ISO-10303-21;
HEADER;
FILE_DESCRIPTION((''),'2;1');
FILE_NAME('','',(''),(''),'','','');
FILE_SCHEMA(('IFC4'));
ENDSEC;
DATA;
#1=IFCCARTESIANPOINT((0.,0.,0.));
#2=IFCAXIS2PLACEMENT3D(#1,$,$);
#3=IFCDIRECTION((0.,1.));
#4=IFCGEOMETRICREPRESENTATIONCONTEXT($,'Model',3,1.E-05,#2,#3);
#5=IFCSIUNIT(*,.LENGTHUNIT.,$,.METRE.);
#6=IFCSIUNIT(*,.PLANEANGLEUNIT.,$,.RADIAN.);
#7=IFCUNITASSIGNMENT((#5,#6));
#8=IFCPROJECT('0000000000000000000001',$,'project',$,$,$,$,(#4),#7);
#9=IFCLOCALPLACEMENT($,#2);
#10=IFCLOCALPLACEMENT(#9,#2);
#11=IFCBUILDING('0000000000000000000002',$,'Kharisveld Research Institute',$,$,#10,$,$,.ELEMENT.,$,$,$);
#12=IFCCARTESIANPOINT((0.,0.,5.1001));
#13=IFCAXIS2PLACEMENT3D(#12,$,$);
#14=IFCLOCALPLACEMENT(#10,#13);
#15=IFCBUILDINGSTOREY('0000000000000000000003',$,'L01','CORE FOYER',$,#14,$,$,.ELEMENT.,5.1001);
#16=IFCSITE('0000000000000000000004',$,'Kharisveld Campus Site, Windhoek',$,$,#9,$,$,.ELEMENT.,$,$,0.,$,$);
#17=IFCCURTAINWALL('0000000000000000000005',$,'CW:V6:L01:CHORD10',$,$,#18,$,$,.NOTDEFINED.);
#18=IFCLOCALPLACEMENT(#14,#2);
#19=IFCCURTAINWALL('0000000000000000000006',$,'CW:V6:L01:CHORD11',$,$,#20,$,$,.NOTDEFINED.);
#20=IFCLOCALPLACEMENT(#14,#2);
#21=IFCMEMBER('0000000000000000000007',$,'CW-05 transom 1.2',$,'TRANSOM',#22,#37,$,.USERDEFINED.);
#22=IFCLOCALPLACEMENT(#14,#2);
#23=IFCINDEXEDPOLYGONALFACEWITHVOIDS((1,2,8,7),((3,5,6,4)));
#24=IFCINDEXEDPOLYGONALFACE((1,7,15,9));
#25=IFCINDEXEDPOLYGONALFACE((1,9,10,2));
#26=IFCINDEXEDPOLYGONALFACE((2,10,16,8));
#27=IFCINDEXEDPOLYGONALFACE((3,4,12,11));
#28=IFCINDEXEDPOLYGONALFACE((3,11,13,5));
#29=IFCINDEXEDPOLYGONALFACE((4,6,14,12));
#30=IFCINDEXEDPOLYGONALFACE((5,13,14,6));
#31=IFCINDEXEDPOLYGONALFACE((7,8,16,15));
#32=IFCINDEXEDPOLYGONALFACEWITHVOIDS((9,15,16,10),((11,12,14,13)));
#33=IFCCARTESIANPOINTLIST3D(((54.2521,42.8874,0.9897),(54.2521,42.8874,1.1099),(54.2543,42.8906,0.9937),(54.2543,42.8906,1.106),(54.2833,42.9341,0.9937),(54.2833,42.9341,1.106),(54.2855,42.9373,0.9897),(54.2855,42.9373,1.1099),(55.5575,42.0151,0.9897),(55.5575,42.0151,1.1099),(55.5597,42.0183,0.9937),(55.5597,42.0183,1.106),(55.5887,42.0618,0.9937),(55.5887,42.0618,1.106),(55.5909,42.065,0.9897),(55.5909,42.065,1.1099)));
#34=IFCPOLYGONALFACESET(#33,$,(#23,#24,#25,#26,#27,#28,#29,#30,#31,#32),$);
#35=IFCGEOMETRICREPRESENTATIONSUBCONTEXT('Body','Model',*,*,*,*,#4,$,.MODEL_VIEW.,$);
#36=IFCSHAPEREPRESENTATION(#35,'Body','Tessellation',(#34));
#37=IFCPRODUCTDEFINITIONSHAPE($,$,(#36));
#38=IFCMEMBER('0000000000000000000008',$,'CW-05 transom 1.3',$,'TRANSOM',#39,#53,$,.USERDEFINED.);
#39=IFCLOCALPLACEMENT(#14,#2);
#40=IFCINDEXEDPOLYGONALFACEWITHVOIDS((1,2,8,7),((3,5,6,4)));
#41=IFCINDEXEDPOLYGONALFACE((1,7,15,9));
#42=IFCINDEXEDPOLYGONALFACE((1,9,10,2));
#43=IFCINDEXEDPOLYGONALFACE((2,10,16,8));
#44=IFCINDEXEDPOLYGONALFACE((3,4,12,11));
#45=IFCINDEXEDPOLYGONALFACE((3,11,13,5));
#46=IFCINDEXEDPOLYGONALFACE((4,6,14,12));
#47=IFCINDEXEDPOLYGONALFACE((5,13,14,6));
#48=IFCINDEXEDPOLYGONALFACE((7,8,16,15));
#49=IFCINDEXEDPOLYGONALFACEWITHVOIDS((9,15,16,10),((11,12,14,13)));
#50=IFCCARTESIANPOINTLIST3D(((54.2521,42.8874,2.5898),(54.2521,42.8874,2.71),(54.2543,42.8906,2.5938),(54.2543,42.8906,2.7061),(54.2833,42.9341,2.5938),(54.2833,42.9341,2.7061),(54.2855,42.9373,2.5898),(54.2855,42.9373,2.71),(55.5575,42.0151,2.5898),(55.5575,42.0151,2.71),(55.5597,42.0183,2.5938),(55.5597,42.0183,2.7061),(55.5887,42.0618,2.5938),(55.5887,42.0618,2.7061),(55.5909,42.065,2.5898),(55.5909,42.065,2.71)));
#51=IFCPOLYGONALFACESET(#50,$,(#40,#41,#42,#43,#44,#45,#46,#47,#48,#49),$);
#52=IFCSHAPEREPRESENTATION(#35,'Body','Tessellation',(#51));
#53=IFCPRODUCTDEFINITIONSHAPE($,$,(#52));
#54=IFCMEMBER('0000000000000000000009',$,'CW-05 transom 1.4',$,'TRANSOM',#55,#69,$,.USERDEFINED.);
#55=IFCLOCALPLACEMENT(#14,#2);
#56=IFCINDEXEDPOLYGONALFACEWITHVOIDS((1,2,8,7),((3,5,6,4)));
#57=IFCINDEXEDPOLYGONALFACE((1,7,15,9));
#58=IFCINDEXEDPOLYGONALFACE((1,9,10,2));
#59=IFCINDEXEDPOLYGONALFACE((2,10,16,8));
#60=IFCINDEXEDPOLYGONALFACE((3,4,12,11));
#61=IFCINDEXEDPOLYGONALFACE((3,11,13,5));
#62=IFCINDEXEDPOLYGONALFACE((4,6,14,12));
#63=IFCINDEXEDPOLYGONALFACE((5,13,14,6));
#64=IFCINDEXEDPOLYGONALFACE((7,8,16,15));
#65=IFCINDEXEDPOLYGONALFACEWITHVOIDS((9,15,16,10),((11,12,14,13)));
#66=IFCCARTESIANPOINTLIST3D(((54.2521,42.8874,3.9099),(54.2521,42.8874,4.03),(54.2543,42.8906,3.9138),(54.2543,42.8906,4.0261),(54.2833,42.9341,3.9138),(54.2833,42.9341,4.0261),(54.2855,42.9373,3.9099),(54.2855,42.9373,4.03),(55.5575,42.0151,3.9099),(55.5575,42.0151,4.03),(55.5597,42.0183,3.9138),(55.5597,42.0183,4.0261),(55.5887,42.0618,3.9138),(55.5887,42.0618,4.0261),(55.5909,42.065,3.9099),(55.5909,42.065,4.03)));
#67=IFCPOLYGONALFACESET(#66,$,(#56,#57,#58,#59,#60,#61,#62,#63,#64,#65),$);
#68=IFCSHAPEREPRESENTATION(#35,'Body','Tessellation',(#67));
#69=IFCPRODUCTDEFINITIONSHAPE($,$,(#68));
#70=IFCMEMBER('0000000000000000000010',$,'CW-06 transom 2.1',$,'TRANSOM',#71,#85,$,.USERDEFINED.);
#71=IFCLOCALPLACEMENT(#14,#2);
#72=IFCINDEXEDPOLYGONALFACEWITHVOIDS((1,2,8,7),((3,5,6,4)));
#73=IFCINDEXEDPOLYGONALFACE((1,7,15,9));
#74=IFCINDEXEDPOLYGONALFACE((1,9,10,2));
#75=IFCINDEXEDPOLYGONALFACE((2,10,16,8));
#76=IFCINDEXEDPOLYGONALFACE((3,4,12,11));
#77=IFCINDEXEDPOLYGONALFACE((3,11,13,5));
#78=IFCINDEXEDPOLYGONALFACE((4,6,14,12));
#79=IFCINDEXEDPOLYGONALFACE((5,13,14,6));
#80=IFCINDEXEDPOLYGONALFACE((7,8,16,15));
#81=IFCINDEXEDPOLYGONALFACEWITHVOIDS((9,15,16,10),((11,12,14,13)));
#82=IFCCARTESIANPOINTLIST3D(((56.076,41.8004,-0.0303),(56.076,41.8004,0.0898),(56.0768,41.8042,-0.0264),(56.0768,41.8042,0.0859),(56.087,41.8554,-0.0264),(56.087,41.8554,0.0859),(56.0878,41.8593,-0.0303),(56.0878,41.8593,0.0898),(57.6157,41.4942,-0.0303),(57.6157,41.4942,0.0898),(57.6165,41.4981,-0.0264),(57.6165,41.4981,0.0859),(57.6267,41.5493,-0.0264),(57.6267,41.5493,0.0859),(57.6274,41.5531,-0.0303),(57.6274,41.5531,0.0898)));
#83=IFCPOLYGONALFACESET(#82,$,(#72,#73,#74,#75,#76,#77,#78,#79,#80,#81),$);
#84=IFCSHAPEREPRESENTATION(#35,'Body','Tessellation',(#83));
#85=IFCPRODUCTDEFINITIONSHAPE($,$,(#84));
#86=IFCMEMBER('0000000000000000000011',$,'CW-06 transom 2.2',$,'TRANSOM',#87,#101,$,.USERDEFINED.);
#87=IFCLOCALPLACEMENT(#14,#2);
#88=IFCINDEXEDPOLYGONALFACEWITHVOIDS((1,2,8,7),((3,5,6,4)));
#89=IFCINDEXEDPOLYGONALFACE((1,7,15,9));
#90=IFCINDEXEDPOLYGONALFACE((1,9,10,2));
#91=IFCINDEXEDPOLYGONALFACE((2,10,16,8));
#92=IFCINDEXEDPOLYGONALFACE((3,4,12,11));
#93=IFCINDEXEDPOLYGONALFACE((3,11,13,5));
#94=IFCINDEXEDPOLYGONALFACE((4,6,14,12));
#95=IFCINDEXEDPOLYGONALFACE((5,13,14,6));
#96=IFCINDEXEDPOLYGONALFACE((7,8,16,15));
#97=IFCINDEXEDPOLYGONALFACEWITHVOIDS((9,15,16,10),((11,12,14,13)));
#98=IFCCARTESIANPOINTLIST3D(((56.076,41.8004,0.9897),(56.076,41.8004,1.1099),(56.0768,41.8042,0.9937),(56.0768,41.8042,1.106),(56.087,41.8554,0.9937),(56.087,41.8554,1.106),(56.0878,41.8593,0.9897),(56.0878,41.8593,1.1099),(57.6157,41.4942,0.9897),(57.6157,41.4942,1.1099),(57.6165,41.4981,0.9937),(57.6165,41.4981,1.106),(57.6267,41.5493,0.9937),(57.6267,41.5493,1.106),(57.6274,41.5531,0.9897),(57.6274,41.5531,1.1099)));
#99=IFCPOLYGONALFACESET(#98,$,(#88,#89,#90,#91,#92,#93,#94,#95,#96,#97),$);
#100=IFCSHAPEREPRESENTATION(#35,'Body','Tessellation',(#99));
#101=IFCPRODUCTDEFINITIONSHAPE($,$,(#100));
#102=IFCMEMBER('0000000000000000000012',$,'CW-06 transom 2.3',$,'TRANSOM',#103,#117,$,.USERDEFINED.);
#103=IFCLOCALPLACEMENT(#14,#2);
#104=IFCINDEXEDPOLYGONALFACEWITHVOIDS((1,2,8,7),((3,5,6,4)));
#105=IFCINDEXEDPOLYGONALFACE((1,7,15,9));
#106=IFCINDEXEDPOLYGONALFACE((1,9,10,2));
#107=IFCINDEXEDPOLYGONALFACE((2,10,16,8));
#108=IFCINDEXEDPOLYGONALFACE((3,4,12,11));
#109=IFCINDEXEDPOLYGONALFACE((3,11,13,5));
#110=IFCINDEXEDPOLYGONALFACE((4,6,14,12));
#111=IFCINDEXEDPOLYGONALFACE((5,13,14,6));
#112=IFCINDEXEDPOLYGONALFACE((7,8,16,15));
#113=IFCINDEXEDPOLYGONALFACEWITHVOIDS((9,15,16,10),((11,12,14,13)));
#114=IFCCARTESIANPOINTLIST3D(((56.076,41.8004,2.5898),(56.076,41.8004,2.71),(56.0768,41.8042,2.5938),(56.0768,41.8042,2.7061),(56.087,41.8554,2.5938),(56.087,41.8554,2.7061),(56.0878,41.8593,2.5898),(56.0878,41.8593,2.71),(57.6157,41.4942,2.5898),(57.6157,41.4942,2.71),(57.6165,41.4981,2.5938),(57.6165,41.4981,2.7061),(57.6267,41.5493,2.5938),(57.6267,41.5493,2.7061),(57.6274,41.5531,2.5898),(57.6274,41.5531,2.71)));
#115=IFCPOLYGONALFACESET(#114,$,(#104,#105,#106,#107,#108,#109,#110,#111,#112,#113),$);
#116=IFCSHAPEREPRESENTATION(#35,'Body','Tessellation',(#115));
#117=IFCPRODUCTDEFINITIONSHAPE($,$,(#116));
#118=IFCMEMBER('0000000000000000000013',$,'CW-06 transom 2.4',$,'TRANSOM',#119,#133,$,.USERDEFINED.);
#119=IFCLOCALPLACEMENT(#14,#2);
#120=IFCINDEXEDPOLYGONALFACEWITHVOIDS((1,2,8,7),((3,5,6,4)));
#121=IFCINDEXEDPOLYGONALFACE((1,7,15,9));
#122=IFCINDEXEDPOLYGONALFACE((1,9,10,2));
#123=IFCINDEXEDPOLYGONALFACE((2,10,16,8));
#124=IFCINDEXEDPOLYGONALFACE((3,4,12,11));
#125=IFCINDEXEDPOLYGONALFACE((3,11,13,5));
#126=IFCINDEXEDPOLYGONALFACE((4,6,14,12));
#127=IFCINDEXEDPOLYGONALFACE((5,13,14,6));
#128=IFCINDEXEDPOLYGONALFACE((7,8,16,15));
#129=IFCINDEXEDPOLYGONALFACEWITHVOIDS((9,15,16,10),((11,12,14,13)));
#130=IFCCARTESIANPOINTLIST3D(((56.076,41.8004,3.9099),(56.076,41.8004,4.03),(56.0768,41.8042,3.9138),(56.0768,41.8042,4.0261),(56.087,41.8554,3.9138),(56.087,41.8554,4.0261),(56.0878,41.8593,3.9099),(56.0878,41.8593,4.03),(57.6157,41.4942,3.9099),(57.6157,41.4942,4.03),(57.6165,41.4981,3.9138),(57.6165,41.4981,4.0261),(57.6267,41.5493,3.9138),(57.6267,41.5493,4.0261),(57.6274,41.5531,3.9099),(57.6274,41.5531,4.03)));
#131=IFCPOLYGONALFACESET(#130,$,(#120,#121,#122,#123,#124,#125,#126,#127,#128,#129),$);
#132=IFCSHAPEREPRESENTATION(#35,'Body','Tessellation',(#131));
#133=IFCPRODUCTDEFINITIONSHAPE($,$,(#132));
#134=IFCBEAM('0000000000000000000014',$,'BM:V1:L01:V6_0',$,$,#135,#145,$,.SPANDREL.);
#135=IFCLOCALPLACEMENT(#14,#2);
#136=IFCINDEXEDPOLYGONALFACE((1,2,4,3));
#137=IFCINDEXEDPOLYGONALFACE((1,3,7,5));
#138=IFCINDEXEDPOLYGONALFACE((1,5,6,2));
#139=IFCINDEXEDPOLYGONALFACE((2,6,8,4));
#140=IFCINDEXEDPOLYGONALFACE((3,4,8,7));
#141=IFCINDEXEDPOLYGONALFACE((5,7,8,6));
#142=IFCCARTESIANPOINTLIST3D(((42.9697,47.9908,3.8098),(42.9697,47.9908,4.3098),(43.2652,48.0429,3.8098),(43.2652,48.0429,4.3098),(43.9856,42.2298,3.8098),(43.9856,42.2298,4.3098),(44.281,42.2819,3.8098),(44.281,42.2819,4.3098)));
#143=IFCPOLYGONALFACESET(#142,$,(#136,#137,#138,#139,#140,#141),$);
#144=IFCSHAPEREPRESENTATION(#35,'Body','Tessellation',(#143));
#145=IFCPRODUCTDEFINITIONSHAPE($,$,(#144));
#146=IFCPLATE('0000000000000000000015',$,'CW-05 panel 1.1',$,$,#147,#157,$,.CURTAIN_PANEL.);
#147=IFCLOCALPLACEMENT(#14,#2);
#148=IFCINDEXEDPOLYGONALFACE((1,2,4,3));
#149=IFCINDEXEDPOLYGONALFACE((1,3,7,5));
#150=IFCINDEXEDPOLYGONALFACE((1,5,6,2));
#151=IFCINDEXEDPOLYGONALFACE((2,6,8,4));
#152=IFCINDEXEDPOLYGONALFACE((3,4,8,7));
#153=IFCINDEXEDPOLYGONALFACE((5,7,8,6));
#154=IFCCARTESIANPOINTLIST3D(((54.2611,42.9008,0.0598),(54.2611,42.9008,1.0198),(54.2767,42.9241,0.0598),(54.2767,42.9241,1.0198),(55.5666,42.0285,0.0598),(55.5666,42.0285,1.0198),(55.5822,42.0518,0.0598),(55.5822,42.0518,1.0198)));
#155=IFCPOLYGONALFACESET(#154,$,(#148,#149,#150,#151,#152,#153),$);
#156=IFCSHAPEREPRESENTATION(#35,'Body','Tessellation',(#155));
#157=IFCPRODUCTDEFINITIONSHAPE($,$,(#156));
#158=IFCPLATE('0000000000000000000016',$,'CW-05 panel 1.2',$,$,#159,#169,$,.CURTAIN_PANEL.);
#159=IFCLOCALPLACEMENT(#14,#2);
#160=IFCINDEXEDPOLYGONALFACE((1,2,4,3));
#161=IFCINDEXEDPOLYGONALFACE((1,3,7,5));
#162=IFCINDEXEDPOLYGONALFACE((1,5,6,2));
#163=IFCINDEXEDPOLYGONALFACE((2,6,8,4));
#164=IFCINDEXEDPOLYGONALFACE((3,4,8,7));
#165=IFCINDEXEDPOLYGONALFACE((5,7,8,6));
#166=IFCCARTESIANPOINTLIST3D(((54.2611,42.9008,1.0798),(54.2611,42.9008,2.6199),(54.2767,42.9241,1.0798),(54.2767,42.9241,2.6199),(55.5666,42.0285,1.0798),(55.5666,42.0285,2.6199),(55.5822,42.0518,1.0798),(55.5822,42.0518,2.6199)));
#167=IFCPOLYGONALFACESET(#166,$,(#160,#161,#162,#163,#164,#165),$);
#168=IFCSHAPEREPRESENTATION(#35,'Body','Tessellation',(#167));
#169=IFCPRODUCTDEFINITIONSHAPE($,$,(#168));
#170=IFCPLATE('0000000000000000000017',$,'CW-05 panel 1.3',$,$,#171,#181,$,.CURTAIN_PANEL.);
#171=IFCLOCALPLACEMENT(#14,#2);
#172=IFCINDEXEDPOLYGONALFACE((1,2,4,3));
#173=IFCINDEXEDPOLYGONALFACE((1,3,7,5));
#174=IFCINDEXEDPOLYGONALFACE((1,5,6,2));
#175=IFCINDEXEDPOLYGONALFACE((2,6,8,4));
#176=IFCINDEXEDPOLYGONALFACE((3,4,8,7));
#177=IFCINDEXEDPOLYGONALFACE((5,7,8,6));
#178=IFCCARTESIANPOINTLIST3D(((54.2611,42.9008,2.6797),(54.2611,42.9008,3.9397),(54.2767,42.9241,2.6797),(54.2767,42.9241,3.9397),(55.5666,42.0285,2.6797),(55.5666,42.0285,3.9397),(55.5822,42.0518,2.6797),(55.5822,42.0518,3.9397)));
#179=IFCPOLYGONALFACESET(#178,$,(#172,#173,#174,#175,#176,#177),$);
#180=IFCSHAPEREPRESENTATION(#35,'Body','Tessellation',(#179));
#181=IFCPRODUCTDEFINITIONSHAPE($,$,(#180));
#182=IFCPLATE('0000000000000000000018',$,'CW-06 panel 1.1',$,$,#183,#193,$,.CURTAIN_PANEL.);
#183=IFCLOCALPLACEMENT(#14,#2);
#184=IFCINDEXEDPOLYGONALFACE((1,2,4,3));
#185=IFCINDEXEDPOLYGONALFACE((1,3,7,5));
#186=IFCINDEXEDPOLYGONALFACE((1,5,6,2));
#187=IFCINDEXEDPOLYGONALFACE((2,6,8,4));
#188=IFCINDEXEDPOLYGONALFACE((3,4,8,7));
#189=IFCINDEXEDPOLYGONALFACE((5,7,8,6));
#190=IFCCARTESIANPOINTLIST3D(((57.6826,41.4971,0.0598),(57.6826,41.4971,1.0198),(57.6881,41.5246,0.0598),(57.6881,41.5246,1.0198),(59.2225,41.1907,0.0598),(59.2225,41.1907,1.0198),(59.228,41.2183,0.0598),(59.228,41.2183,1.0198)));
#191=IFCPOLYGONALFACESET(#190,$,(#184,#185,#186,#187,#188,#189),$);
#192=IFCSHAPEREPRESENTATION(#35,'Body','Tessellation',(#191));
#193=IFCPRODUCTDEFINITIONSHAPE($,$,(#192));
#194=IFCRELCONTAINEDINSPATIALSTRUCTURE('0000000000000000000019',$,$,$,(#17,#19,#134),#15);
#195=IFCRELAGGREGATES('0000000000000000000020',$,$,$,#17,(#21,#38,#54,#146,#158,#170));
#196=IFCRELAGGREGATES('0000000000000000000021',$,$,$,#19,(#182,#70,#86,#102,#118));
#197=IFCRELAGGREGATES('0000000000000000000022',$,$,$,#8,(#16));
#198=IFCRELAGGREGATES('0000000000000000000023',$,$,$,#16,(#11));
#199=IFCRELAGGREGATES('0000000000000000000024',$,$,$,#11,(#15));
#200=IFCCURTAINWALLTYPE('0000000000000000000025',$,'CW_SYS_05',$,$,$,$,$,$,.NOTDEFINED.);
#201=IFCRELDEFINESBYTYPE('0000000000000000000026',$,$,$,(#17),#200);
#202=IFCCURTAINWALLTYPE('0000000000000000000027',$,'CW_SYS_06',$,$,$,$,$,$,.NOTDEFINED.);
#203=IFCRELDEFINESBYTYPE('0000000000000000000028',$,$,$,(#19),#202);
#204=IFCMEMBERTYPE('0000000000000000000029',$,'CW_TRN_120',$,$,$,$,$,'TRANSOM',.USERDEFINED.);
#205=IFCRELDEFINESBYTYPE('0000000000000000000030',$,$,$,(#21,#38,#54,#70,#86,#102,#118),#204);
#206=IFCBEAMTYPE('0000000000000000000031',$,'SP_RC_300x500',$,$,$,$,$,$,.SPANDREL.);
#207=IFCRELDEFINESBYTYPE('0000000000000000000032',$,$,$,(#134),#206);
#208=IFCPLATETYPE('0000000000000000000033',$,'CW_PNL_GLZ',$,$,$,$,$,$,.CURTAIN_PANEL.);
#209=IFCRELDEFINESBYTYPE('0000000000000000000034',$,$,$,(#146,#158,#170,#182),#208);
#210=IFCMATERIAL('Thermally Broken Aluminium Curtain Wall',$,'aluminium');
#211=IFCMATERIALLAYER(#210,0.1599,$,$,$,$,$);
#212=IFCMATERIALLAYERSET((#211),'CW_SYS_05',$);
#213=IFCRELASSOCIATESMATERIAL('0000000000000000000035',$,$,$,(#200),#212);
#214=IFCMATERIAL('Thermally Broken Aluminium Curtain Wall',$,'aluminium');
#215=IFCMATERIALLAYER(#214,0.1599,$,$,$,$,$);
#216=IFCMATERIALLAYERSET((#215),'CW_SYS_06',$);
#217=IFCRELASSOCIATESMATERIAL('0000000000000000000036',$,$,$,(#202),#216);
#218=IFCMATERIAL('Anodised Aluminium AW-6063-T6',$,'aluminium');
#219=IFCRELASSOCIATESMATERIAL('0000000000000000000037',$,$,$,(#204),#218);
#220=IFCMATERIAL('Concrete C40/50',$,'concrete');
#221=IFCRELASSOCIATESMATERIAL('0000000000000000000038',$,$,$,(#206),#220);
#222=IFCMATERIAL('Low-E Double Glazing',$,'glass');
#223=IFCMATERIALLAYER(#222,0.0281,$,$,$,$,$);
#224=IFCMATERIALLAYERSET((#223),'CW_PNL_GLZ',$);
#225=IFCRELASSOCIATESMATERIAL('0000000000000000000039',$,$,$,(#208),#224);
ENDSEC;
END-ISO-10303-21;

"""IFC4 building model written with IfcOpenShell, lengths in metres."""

from ifc_helpers import new_model, si_unit, direction, frame, origin, origin_2d, place, context, subcontext, project, spatial, rectangle, hollow_rectangle, extrude, material, layer, layer_set, material_profile, profile_set, type_object, element, aggregate, save


model = new_model("IFC4")

# Units and contexts
model_context = context("Model", 3, precision=1e-05, world=origin(), true_north=direction((0.0, 1.0)))
body_context = subcontext(model_context, "Body", "Model", "MODEL_VIEW")
ifc_project = project(units=[si_unit("LENGTHUNIT", "METRE"), si_unit("PLANEANGLEUNIT", "RADIAN")], contexts=[model_context])

# Site, building, storey
site_placement = place(None, origin())
site = spatial("IfcSite", under=ifc_project, at=site_placement, Name="Kharisveld Campus Site, Windhoek", CompositionType="ELEMENT", RefElevation=0.0)
building_placement = place(site_placement, origin())
building = spatial("IfcBuilding", under=site, at=building_placement, Name="Kharisveld Research Institute", CompositionType="ELEMENT")
storey_placement = place(building_placement, frame((0.0, 0.0, 5.1001)))
storey = spatial("IfcBuildingStorey", under=building, at=storey_placement, Name="L01", Description="CORE FOYER", CompositionType="ELEMENT", Elevation=5.1001)

# Curtain wall
ifc_material_1 = material(Name="Thermally Broken Aluminium Curtain Wall", Category="aluminium")
ifc_layer_1 = layer(ifc_material_1, 0.1599)
ifc_layer_set_1 = layer_set([ifc_layer_1], Name="CW_SYS_05")
curtain_wall_type_1 = type_object("IfcCurtainWallType", Name="CW_SYS_05", PredefinedType="NOTDEFINED", material=ifc_layer_set_1)
curtain_wall_1_placement = place(storey_placement, origin())
curtain_wall_1 = element("IfcCurtainWall", 1, at=curtain_wall_1_placement, inside=storey, type_object=curtain_wall_type_1, Name="CW:V6:L01:CHORD10", PredefinedType="NOTDEFINED")

# Curtain wall
ifc_material_2 = material(Name="Thermally Broken Aluminium Curtain Wall", Category="aluminium")
ifc_layer_2 = layer(ifc_material_2, 0.1599)
ifc_layer_set_2 = layer_set([ifc_layer_2], Name="CW_SYS_06")
curtain_wall_type_2 = type_object("IfcCurtainWallType", Name="CW_SYS_06", PredefinedType="NOTDEFINED", material=ifc_layer_set_2)
curtain_wall_2_placement = place(storey_placement, origin())
curtain_wall_2 = element("IfcCurtainWall", 2, at=curtain_wall_2_placement, inside=storey, type_object=curtain_wall_type_2, Name="CW:V6:L01:CHORD11", PredefinedType="NOTDEFINED")

# Members
ifc_material_3 = material(Name="Anodised Aluminium AW-6063-T6", Category="aluminium")
ifc_material_profile_1 = material_profile(ifc_material_3, hollow_rectangle(XDim=0.0601, YDim=0.1201, WallThickness=0.0039, at=origin_2d()))
ifc_profile_set_1 = profile_set([ifc_material_profile_1], Name="Anodised Aluminium AW-6063-T6")
member_type_1 = type_object("IfcMemberType", Name="CW_TRN_120", ElementType="TRANSOM", PredefinedType="USERDEFINED", material=ifc_profile_set_1)
member_1_placement = place(storey_placement, frame((55.5742, 42.04, 1.0498), z_axis=(-0.831452, 0.555597, 0.0), x_axis=(-0.555597, -0.831452, 0.0)))
member_1 = element("IfcMember", 3, at=member_1_placement, type_object=member_type_1, Name="CW-05 transom 1.2", ObjectType="TRANSOM", PredefinedType="USERDEFINED", context=body_context, shape_type="SweptSolid", body=[
    extrude(hollow_rectangle(XDim=0.0601, YDim=0.1201, WallThickness=0.0039, at=origin_2d()), origin(), (0.0, 0.0, 1.0), 1.5701),
])
member_2_placement = place(storey_placement, frame((55.5742, 42.04, 2.6499), z_axis=(-0.831452, 0.555597, 0.0), x_axis=(-0.555597, -0.831452, 0.0)))
member_2 = element("IfcMember", 4, at=member_2_placement, type_object=member_type_1, Name="CW-05 transom 1.3", ObjectType="TRANSOM", PredefinedType="USERDEFINED", context=body_context, shape_type="SweptSolid", body=[
    extrude(hollow_rectangle(XDim=0.0601, YDim=0.1201, WallThickness=0.0039, at=origin_2d()), origin(), (0.0, 0.0, 1.0), 1.5701),
])
member_3_placement = place(storey_placement, frame((55.5742, 42.04, 3.97), z_axis=(-0.831452, 0.555597, 0.0), x_axis=(-0.555597, -0.831452, 0.0)))
member_3 = element("IfcMember", 5, at=member_3_placement, type_object=member_type_1, Name="CW-05 transom 1.4", ObjectType="TRANSOM", PredefinedType="USERDEFINED", context=body_context, shape_type="SweptSolid", body=[
    extrude(hollow_rectangle(XDim=0.0601, YDim=0.1201, WallThickness=0.0039, at=origin_2d()), origin(), (0.0, 0.0, 1.0), 1.5701),
])
member_4_placement = place(storey_placement, frame((57.6216, 41.5237, 0.0298), z_axis=(-0.980801, 0.195009, 0.0), x_axis=(-0.195009, -0.980801, 0.0)))
member_4 = element("IfcMember", 6, at=member_4_placement, type_object=member_type_1, Name="CW-06 transom 2.1", ObjectType="TRANSOM", PredefinedType="USERDEFINED", context=body_context, shape_type="SweptSolid", body=[
    extrude(hollow_rectangle(XDim=0.0601, YDim=0.1201, WallThickness=0.0039, at=origin_2d()), origin(), (0.0, 0.0, 1.0), 1.5698),
])
member_5_placement = place(storey_placement, frame((57.6216, 41.5237, 1.0498), z_axis=(-0.980801, 0.195009, 0.0), x_axis=(-0.195009, -0.980801, 0.0)))
member_5 = element("IfcMember", 7, at=member_5_placement, type_object=member_type_1, Name="CW-06 transom 2.2", ObjectType="TRANSOM", PredefinedType="USERDEFINED", context=body_context, shape_type="SweptSolid", body=[
    extrude(hollow_rectangle(XDim=0.0601, YDim=0.1201, WallThickness=0.0039, at=origin_2d()), origin(), (0.0, 0.0, 1.0), 1.5698),
])
member_6_placement = place(storey_placement, frame((57.6216, 41.5237, 2.6499), z_axis=(-0.980801, 0.195009, 0.0), x_axis=(-0.195009, -0.980801, 0.0)))
member_6 = element("IfcMember", 8, at=member_6_placement, type_object=member_type_1, Name="CW-06 transom 2.3", ObjectType="TRANSOM", PredefinedType="USERDEFINED", context=body_context, shape_type="SweptSolid", body=[
    extrude(hollow_rectangle(XDim=0.0601, YDim=0.1201, WallThickness=0.0039, at=origin_2d()), origin(), (0.0, 0.0, 1.0), 1.5698),
])
member_7_placement = place(storey_placement, frame((57.6216, 41.5237, 3.97), z_axis=(-0.980801, 0.195009, 0.0), x_axis=(-0.195009, -0.980801, 0.0)))
member_7 = element("IfcMember", 9, at=member_7_placement, type_object=member_type_1, Name="CW-06 transom 2.4", ObjectType="TRANSOM", PredefinedType="USERDEFINED", context=body_context, shape_type="SweptSolid", body=[
    extrude(hollow_rectangle(XDim=0.0601, YDim=0.1201, WallThickness=0.0039, at=origin_2d()), origin(), (0.0, 0.0, 1.0), 1.5698),
])

# Beam
ifc_material_4 = material(Name="Concrete C40/50", Category="concrete")
ifc_material_profile_2 = material_profile(ifc_material_4, rectangle(XDim=0.3, YDim=0.5, at=origin_2d()))
ifc_profile_set_2 = profile_set([ifc_material_profile_2], Name="Concrete C40/50")
beam_type_1 = type_object("IfcBeamType", Name="SP_RC_300x500", PredefinedType="SPANDREL", material=ifc_profile_set_2)
beam_1_placement = place(storey_placement, frame((44.1333, 42.2559, 4.0598), z_axis=(-0.173657, 0.984806, 0.0), x_axis=(-0.984806, -0.173657, 0.0)))
element("IfcBeam", 10, at=beam_1_placement, inside=storey, type_object=beam_type_1, Name="BM:V1:L01:V6_0", PredefinedType="SPANDREL", context=body_context, shape_type="SweptSolid", body=[
    extrude(rectangle(XDim=0.3, YDim=0.5, at=origin_2d()), origin(), (0.0, 0.0, 1.0), 5.8499),
])

# Plates
ifc_material_5 = material(Name="Low-E Double Glazing", Category="glass")
ifc_layer_3 = layer(ifc_material_5, 0.0281)
ifc_layer_set_3 = layer_set([ifc_layer_3], Name="CW_PNL_GLZ")
plate_type_1 = type_object("IfcPlateType", Name="CW_PNL_GLZ", PredefinedType="CURTAIN_PANEL", material=ifc_layer_set_3)
plate_1_placement = place(storey_placement, frame((54.9216, 42.4763, 0.0598), z_axis=(0.0, 0.0, 1.0), x_axis=(-0.83147, 0.55557, 0.0)))
plate_1 = element("IfcPlate", 11, at=plate_1_placement, type_object=plate_type_1, Name="CW-05 panel 1.1", PredefinedType="CURTAIN_PANEL", context=body_context, shape_type="SweptSolid", body=[
    extrude(rectangle(XDim=1.5701, YDim=0.0281, at=origin_2d()), origin(), (0.0, 0.0, 1.0), 0.96),
])
plate_2_placement = place(storey_placement, frame((54.9216, 42.4763, 1.0798), z_axis=(0.0, 0.0, 1.0), x_axis=(-0.83147, 0.55557, 0.0)))
plate_2 = element("IfcPlate", 12, at=plate_2_placement, type_object=plate_type_1, Name="CW-05 panel 1.2", PredefinedType="CURTAIN_PANEL", context=body_context, shape_type="SweptSolid", body=[
    extrude(rectangle(XDim=1.5701, YDim=0.0281, at=origin_2d()), origin(), (0.0, 0.0, 1.0), 1.54),
])
plate_3_placement = place(storey_placement, frame((54.9216, 42.4763, 2.6797), z_axis=(0.0, 0.0, 1.0), x_axis=(-0.83147, 0.55557, 0.0)))
plate_3 = element("IfcPlate", 13, at=plate_3_placement, type_object=plate_type_1, Name="CW-05 panel 1.3", PredefinedType="CURTAIN_PANEL", context=body_context, shape_type="SweptSolid", body=[
    extrude(rectangle(XDim=1.5701, YDim=0.0281, at=origin_2d()), origin(), (0.0, 0.0, 1.0), 1.26),
])
aggregate(curtain_wall_1, [member_1, member_2, member_3, plate_1, plate_2, plate_3])
plate_4_placement = place(storey_placement, frame((58.4553, 41.3577, 0.0598), z_axis=(0.0, 0.0, 1.0), x_axis=(-0.980785, 0.195091, 0.0)))
plate_4 = element("IfcPlate", 14, at=plate_4_placement, type_object=plate_type_1, Name="CW-06 panel 1.1", PredefinedType="CURTAIN_PANEL", context=body_context, shape_type="SweptSolid", body=[
    extrude(rectangle(XDim=1.5701, YDim=0.0281, at=origin_2d()), origin(), (0.0, 0.0, 1.0), 0.96),
])
aggregate(curtain_wall_2, [plate_4, member_4, member_5, member_6, member_7])

save(model, "model.ifc")
